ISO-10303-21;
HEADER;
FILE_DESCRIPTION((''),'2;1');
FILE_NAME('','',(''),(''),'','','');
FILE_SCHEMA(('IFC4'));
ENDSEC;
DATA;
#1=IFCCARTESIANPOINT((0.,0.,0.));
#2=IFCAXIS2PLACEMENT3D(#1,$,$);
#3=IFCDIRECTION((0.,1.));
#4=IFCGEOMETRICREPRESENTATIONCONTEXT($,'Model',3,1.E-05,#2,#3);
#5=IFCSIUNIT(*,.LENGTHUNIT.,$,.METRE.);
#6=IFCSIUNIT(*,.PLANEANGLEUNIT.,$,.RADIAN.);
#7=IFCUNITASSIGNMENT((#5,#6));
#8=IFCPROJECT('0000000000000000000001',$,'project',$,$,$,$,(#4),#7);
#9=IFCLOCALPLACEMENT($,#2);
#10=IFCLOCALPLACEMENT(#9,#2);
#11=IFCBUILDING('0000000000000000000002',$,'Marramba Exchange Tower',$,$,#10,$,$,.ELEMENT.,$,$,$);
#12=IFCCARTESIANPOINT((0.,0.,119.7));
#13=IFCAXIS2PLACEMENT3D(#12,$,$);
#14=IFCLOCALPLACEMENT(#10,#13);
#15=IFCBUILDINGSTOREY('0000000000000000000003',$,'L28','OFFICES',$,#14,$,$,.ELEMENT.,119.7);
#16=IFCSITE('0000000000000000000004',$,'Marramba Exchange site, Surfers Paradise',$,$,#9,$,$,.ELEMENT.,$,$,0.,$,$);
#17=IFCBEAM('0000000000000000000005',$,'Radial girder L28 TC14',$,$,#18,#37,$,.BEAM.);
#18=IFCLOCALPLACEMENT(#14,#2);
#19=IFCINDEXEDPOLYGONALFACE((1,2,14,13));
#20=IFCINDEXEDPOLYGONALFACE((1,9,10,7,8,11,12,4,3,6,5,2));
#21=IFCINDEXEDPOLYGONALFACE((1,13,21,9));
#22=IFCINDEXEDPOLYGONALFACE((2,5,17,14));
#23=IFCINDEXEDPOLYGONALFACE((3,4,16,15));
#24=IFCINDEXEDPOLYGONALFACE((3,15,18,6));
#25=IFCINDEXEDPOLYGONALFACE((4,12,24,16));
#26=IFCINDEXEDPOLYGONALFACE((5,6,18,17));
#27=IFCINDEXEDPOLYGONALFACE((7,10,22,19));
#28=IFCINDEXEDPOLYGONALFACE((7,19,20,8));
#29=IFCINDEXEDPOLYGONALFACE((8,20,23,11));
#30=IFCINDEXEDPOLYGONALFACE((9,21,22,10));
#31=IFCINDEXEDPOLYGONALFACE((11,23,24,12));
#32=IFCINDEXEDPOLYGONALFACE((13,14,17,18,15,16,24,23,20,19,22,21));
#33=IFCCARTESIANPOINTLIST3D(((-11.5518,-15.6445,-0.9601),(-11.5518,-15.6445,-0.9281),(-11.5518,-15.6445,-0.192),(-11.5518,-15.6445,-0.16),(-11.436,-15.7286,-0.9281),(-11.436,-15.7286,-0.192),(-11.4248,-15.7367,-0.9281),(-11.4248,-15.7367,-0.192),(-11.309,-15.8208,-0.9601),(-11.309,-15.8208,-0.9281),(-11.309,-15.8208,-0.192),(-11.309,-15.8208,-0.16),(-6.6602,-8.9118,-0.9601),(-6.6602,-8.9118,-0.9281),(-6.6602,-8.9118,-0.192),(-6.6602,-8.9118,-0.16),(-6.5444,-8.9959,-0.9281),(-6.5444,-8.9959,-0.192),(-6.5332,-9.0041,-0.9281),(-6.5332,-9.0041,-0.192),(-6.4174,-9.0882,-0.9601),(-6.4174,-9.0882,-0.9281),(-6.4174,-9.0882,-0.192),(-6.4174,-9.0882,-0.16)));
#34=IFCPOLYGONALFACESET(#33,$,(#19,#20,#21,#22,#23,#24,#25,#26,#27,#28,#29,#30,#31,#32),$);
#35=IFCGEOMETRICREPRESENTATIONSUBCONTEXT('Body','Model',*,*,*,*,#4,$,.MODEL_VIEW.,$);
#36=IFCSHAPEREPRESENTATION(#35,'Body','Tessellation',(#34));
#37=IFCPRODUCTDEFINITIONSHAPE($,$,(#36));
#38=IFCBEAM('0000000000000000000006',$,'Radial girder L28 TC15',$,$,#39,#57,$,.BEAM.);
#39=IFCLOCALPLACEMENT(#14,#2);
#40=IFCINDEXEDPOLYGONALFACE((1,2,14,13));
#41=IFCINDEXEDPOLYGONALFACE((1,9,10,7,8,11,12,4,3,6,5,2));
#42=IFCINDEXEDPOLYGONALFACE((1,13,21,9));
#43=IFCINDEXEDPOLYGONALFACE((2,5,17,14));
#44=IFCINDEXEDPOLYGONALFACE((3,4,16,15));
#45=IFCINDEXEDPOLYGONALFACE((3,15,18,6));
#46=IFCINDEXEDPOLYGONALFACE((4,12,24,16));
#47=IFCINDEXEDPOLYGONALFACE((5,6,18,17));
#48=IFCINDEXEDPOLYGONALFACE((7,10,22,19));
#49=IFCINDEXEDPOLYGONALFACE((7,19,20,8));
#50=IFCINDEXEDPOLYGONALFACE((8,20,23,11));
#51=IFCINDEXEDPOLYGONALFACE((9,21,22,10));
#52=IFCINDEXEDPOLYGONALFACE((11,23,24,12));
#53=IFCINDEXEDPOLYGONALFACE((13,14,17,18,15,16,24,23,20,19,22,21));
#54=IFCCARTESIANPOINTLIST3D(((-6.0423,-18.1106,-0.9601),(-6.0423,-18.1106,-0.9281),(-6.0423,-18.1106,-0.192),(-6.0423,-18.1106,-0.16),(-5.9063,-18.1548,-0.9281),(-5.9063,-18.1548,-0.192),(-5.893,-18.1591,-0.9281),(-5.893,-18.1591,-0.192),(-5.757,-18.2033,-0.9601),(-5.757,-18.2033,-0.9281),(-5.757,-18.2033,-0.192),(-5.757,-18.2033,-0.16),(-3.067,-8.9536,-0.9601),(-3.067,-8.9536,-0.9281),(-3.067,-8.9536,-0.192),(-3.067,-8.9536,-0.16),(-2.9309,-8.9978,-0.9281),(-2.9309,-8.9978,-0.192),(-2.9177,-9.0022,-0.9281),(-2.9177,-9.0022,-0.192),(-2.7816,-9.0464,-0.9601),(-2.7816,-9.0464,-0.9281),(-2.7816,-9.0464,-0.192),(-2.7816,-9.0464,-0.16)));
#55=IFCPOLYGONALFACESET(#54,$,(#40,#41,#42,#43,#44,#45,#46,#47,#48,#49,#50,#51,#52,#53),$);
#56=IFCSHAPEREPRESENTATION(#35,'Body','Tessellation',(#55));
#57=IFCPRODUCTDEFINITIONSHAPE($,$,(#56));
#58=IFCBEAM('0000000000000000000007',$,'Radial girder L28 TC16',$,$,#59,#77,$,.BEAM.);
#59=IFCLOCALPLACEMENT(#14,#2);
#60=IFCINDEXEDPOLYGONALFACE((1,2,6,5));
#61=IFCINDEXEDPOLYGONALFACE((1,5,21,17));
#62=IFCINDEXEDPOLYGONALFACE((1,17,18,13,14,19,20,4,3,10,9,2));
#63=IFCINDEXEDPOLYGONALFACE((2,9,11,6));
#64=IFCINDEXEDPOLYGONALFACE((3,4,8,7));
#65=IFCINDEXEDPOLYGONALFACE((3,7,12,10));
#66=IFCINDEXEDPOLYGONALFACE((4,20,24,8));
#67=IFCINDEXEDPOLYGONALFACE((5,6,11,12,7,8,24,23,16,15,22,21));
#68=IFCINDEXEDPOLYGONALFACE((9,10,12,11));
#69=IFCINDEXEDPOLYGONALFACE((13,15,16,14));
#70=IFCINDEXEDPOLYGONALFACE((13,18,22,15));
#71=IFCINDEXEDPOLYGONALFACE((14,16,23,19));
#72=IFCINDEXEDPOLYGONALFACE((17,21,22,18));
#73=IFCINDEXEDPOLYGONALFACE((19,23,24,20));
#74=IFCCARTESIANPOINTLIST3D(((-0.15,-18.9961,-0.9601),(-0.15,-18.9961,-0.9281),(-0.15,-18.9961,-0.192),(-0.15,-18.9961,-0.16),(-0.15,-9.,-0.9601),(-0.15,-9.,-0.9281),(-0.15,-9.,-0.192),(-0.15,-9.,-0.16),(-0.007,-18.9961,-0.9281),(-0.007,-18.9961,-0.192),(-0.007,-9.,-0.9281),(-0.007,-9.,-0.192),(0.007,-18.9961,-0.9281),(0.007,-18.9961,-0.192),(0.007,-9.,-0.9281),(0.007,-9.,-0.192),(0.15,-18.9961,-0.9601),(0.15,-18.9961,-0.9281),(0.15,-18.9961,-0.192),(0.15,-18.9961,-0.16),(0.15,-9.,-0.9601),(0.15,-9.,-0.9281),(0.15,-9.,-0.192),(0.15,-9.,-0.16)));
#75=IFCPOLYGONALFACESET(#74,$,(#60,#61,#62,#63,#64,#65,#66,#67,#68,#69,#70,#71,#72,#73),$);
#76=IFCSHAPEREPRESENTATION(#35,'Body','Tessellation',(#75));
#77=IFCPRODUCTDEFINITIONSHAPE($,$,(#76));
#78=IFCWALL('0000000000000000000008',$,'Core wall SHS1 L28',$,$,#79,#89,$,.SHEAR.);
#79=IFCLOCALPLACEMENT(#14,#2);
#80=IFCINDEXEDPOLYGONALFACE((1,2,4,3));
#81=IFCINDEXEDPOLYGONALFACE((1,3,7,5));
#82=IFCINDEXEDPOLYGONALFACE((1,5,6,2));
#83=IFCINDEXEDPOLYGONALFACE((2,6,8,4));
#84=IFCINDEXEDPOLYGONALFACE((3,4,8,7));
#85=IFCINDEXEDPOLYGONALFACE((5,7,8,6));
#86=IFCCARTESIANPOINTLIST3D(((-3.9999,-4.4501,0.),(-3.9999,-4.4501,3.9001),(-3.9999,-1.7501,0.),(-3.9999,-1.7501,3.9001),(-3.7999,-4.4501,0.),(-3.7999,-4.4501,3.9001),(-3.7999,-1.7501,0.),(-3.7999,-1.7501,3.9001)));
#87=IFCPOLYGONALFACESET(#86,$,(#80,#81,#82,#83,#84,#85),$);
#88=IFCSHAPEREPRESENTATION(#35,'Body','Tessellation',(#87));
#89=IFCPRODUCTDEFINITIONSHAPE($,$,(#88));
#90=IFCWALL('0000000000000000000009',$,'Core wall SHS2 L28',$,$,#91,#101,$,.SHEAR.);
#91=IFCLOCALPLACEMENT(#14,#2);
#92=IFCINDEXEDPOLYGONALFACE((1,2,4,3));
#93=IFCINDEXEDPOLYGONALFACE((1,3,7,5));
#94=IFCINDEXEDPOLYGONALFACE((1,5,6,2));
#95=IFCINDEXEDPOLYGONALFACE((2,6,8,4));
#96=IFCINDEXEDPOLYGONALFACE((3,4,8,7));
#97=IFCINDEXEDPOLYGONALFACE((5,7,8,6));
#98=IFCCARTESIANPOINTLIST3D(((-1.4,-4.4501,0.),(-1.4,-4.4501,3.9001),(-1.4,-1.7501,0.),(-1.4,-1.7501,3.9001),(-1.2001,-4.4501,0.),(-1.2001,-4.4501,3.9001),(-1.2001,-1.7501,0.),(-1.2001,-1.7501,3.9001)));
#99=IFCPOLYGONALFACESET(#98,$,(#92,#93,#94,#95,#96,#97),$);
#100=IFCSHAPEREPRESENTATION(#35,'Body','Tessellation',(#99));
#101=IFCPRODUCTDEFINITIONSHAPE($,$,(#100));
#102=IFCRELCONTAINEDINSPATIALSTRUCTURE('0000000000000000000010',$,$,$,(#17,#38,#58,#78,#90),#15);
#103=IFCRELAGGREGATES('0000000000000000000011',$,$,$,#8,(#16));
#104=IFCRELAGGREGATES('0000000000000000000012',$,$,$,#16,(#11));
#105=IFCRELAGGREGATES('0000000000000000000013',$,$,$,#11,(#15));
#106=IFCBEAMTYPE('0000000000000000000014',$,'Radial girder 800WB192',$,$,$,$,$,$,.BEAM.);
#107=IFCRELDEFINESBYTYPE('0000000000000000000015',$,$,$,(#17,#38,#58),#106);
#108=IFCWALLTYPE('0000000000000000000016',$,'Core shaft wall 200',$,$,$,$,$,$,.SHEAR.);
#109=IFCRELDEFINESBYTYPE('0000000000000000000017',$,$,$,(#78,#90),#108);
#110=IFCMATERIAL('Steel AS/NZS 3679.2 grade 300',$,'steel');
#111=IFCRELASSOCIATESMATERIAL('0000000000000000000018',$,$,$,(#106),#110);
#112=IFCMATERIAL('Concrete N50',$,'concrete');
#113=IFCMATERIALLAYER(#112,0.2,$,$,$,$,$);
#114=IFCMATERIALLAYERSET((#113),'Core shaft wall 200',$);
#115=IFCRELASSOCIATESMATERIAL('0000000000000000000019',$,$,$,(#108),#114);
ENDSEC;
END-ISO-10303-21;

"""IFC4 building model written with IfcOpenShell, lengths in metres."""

from ifc_helpers import new_model, si_unit, direction, frame, frame_2d, origin, origin_2d, place, context, subcontext, project, spatial, rectangle, i_section, extrude, material, layer, layer_set, material_profile, profile_set, type_object, element, save


model = new_model("IFC4")

# Units and contexts
model_context = context("Model", 3, precision=1e-05, world=origin(), true_north=direction((0.0, 1.0)))
body_context = subcontext(model_context, "Body", "Model", "MODEL_VIEW")
ifc_project = project(units=[si_unit("LENGTHUNIT", "METRE"), si_unit("PLANEANGLEUNIT", "RADIAN")], contexts=[model_context])

# Site, building, storey
site_placement = place(None, origin())
site = spatial("IfcSite", under=ifc_project, at=site_placement, Name="Marramba Exchange site, Surfers Paradise", CompositionType="ELEMENT", RefElevation=0.0)
building_placement = place(site_placement, origin())
building = spatial("IfcBuilding", under=site, at=building_placement, Name="Marramba Exchange Tower", CompositionType="ELEMENT")
storey_placement = place(building_placement, frame((0.0, 0.0, 119.7)))
storey = spatial("IfcBuildingStorey", under=building, at=storey_placement, Name="L28", Description="OFFICES", CompositionType="ELEMENT", Elevation=119.7)

# Beams
ifc_material_1 = material(Name="Steel AS/NZS 3679.2 grade 300", Category="steel")
ifc_material_profile = material_profile(ifc_material_1, i_section(OverallWidth=0.3, OverallDepth=0.8, WebThickness=0.0139, FlangeThickness=0.032, at=origin_2d()), Name="800WB192")
ifc_profile_set = profile_set([ifc_material_profile], Name="Steel AS/NZS 3679.2 grade 300")
beam_type = type_object("IfcBeamType", Name="Radial girder 800WB192", PredefinedType="BEAM", material=ifc_profile_set)
beam_1_placement = place(storey_placement, frame((-6.5388, -9.0, -0.5601), z_axis=(-0.587788, -0.809015, 0.0), x_axis=(0.809015, -0.587788, 0.0)))
element("IfcBeam", 1, at=beam_1_placement, inside=storey, type_object=beam_type, Name="Radial girder L28 TC14", PredefinedType="BEAM", context=body_context, shape_type="SweptSolid", body=[
    extrude(i_section(OverallWidth=0.3, OverallDepth=0.8, WebThickness=0.0139, FlangeThickness=0.032, at=origin_2d()), origin(), (0.0, 0.0, 1.0), 8.322),
])
beam_2_placement = place(storey_placement, frame((-2.9243, -9.0, -0.5601), z_axis=(-0.309022, -0.951055, 0.0), x_axis=(0.951055, -0.309022, 0.0)))
element("IfcBeam", 2, at=beam_2_placement, inside=storey, type_object=beam_type, Name="Radial girder L28 TC15", PredefinedType="BEAM", context=body_context, shape_type="SweptSolid", body=[
    extrude(i_section(OverallWidth=0.3, OverallDepth=0.8, WebThickness=0.0139, FlangeThickness=0.032, at=origin_2d()), origin(), (0.0, 0.0, 1.0), 9.6282),
])
beam_3_placement = place(storey_placement, frame((0.0, -9.0, -0.5601), z_axis=(0.0, -1.0, 0.0), x_axis=(1.0, 0.0, 0.0)))
element("IfcBeam", 3, at=beam_3_placement, inside=storey, type_object=beam_type, Name="Radial girder L28 TC16", PredefinedType="BEAM", context=body_context, shape_type="SweptSolid", body=[
    extrude(i_section(OverallWidth=0.3, OverallDepth=0.8, WebThickness=0.0139, FlangeThickness=0.032, at=origin_2d()), origin(), (0.0, 0.0, 1.0), 9.9961),
])

# Walls
ifc_material_2 = material(Name="Concrete N50", Category="concrete")
ifc_layer_1 = layer(ifc_material_2, 0.2)
ifc_layer_set_1 = layer_set([ifc_layer_1], Name="Core shaft wall 200")
wall_type_1 = type_object("IfcWallType", Name="Core shaft wall 200", PredefinedType="SHEAR", material=ifc_layer_set_1)
for number, where, z_axis, x_axis, name in (
    (4, (-3.8999, -1.75, 0.0), (0.0, 0.0, 1.0), (0.0, -1.0, 0.0), "Core wall SHS1 L28"),
    (5, (-1.3, -1.75, 0.0), (0.0, 0.0, 1.0), (0.0, -1.0, 0.0), "Core wall SHS2 L28"),
):
    element("IfcWall", number, at=place(storey_placement, frame(where, z_axis=z_axis, x_axis=x_axis)), inside=storey, type_object=wall_type_1, Name=name, PredefinedType="SHEAR", context=body_context, shape_type="SweptSolid", body=[
        extrude(rectangle(XDim=2.7, YDim=0.2, at=frame_2d((1.3501, 0.0))), origin(), (0.0, 0.0, 1.0), 3.9001),
    ])

save(model, "model.ifc")
